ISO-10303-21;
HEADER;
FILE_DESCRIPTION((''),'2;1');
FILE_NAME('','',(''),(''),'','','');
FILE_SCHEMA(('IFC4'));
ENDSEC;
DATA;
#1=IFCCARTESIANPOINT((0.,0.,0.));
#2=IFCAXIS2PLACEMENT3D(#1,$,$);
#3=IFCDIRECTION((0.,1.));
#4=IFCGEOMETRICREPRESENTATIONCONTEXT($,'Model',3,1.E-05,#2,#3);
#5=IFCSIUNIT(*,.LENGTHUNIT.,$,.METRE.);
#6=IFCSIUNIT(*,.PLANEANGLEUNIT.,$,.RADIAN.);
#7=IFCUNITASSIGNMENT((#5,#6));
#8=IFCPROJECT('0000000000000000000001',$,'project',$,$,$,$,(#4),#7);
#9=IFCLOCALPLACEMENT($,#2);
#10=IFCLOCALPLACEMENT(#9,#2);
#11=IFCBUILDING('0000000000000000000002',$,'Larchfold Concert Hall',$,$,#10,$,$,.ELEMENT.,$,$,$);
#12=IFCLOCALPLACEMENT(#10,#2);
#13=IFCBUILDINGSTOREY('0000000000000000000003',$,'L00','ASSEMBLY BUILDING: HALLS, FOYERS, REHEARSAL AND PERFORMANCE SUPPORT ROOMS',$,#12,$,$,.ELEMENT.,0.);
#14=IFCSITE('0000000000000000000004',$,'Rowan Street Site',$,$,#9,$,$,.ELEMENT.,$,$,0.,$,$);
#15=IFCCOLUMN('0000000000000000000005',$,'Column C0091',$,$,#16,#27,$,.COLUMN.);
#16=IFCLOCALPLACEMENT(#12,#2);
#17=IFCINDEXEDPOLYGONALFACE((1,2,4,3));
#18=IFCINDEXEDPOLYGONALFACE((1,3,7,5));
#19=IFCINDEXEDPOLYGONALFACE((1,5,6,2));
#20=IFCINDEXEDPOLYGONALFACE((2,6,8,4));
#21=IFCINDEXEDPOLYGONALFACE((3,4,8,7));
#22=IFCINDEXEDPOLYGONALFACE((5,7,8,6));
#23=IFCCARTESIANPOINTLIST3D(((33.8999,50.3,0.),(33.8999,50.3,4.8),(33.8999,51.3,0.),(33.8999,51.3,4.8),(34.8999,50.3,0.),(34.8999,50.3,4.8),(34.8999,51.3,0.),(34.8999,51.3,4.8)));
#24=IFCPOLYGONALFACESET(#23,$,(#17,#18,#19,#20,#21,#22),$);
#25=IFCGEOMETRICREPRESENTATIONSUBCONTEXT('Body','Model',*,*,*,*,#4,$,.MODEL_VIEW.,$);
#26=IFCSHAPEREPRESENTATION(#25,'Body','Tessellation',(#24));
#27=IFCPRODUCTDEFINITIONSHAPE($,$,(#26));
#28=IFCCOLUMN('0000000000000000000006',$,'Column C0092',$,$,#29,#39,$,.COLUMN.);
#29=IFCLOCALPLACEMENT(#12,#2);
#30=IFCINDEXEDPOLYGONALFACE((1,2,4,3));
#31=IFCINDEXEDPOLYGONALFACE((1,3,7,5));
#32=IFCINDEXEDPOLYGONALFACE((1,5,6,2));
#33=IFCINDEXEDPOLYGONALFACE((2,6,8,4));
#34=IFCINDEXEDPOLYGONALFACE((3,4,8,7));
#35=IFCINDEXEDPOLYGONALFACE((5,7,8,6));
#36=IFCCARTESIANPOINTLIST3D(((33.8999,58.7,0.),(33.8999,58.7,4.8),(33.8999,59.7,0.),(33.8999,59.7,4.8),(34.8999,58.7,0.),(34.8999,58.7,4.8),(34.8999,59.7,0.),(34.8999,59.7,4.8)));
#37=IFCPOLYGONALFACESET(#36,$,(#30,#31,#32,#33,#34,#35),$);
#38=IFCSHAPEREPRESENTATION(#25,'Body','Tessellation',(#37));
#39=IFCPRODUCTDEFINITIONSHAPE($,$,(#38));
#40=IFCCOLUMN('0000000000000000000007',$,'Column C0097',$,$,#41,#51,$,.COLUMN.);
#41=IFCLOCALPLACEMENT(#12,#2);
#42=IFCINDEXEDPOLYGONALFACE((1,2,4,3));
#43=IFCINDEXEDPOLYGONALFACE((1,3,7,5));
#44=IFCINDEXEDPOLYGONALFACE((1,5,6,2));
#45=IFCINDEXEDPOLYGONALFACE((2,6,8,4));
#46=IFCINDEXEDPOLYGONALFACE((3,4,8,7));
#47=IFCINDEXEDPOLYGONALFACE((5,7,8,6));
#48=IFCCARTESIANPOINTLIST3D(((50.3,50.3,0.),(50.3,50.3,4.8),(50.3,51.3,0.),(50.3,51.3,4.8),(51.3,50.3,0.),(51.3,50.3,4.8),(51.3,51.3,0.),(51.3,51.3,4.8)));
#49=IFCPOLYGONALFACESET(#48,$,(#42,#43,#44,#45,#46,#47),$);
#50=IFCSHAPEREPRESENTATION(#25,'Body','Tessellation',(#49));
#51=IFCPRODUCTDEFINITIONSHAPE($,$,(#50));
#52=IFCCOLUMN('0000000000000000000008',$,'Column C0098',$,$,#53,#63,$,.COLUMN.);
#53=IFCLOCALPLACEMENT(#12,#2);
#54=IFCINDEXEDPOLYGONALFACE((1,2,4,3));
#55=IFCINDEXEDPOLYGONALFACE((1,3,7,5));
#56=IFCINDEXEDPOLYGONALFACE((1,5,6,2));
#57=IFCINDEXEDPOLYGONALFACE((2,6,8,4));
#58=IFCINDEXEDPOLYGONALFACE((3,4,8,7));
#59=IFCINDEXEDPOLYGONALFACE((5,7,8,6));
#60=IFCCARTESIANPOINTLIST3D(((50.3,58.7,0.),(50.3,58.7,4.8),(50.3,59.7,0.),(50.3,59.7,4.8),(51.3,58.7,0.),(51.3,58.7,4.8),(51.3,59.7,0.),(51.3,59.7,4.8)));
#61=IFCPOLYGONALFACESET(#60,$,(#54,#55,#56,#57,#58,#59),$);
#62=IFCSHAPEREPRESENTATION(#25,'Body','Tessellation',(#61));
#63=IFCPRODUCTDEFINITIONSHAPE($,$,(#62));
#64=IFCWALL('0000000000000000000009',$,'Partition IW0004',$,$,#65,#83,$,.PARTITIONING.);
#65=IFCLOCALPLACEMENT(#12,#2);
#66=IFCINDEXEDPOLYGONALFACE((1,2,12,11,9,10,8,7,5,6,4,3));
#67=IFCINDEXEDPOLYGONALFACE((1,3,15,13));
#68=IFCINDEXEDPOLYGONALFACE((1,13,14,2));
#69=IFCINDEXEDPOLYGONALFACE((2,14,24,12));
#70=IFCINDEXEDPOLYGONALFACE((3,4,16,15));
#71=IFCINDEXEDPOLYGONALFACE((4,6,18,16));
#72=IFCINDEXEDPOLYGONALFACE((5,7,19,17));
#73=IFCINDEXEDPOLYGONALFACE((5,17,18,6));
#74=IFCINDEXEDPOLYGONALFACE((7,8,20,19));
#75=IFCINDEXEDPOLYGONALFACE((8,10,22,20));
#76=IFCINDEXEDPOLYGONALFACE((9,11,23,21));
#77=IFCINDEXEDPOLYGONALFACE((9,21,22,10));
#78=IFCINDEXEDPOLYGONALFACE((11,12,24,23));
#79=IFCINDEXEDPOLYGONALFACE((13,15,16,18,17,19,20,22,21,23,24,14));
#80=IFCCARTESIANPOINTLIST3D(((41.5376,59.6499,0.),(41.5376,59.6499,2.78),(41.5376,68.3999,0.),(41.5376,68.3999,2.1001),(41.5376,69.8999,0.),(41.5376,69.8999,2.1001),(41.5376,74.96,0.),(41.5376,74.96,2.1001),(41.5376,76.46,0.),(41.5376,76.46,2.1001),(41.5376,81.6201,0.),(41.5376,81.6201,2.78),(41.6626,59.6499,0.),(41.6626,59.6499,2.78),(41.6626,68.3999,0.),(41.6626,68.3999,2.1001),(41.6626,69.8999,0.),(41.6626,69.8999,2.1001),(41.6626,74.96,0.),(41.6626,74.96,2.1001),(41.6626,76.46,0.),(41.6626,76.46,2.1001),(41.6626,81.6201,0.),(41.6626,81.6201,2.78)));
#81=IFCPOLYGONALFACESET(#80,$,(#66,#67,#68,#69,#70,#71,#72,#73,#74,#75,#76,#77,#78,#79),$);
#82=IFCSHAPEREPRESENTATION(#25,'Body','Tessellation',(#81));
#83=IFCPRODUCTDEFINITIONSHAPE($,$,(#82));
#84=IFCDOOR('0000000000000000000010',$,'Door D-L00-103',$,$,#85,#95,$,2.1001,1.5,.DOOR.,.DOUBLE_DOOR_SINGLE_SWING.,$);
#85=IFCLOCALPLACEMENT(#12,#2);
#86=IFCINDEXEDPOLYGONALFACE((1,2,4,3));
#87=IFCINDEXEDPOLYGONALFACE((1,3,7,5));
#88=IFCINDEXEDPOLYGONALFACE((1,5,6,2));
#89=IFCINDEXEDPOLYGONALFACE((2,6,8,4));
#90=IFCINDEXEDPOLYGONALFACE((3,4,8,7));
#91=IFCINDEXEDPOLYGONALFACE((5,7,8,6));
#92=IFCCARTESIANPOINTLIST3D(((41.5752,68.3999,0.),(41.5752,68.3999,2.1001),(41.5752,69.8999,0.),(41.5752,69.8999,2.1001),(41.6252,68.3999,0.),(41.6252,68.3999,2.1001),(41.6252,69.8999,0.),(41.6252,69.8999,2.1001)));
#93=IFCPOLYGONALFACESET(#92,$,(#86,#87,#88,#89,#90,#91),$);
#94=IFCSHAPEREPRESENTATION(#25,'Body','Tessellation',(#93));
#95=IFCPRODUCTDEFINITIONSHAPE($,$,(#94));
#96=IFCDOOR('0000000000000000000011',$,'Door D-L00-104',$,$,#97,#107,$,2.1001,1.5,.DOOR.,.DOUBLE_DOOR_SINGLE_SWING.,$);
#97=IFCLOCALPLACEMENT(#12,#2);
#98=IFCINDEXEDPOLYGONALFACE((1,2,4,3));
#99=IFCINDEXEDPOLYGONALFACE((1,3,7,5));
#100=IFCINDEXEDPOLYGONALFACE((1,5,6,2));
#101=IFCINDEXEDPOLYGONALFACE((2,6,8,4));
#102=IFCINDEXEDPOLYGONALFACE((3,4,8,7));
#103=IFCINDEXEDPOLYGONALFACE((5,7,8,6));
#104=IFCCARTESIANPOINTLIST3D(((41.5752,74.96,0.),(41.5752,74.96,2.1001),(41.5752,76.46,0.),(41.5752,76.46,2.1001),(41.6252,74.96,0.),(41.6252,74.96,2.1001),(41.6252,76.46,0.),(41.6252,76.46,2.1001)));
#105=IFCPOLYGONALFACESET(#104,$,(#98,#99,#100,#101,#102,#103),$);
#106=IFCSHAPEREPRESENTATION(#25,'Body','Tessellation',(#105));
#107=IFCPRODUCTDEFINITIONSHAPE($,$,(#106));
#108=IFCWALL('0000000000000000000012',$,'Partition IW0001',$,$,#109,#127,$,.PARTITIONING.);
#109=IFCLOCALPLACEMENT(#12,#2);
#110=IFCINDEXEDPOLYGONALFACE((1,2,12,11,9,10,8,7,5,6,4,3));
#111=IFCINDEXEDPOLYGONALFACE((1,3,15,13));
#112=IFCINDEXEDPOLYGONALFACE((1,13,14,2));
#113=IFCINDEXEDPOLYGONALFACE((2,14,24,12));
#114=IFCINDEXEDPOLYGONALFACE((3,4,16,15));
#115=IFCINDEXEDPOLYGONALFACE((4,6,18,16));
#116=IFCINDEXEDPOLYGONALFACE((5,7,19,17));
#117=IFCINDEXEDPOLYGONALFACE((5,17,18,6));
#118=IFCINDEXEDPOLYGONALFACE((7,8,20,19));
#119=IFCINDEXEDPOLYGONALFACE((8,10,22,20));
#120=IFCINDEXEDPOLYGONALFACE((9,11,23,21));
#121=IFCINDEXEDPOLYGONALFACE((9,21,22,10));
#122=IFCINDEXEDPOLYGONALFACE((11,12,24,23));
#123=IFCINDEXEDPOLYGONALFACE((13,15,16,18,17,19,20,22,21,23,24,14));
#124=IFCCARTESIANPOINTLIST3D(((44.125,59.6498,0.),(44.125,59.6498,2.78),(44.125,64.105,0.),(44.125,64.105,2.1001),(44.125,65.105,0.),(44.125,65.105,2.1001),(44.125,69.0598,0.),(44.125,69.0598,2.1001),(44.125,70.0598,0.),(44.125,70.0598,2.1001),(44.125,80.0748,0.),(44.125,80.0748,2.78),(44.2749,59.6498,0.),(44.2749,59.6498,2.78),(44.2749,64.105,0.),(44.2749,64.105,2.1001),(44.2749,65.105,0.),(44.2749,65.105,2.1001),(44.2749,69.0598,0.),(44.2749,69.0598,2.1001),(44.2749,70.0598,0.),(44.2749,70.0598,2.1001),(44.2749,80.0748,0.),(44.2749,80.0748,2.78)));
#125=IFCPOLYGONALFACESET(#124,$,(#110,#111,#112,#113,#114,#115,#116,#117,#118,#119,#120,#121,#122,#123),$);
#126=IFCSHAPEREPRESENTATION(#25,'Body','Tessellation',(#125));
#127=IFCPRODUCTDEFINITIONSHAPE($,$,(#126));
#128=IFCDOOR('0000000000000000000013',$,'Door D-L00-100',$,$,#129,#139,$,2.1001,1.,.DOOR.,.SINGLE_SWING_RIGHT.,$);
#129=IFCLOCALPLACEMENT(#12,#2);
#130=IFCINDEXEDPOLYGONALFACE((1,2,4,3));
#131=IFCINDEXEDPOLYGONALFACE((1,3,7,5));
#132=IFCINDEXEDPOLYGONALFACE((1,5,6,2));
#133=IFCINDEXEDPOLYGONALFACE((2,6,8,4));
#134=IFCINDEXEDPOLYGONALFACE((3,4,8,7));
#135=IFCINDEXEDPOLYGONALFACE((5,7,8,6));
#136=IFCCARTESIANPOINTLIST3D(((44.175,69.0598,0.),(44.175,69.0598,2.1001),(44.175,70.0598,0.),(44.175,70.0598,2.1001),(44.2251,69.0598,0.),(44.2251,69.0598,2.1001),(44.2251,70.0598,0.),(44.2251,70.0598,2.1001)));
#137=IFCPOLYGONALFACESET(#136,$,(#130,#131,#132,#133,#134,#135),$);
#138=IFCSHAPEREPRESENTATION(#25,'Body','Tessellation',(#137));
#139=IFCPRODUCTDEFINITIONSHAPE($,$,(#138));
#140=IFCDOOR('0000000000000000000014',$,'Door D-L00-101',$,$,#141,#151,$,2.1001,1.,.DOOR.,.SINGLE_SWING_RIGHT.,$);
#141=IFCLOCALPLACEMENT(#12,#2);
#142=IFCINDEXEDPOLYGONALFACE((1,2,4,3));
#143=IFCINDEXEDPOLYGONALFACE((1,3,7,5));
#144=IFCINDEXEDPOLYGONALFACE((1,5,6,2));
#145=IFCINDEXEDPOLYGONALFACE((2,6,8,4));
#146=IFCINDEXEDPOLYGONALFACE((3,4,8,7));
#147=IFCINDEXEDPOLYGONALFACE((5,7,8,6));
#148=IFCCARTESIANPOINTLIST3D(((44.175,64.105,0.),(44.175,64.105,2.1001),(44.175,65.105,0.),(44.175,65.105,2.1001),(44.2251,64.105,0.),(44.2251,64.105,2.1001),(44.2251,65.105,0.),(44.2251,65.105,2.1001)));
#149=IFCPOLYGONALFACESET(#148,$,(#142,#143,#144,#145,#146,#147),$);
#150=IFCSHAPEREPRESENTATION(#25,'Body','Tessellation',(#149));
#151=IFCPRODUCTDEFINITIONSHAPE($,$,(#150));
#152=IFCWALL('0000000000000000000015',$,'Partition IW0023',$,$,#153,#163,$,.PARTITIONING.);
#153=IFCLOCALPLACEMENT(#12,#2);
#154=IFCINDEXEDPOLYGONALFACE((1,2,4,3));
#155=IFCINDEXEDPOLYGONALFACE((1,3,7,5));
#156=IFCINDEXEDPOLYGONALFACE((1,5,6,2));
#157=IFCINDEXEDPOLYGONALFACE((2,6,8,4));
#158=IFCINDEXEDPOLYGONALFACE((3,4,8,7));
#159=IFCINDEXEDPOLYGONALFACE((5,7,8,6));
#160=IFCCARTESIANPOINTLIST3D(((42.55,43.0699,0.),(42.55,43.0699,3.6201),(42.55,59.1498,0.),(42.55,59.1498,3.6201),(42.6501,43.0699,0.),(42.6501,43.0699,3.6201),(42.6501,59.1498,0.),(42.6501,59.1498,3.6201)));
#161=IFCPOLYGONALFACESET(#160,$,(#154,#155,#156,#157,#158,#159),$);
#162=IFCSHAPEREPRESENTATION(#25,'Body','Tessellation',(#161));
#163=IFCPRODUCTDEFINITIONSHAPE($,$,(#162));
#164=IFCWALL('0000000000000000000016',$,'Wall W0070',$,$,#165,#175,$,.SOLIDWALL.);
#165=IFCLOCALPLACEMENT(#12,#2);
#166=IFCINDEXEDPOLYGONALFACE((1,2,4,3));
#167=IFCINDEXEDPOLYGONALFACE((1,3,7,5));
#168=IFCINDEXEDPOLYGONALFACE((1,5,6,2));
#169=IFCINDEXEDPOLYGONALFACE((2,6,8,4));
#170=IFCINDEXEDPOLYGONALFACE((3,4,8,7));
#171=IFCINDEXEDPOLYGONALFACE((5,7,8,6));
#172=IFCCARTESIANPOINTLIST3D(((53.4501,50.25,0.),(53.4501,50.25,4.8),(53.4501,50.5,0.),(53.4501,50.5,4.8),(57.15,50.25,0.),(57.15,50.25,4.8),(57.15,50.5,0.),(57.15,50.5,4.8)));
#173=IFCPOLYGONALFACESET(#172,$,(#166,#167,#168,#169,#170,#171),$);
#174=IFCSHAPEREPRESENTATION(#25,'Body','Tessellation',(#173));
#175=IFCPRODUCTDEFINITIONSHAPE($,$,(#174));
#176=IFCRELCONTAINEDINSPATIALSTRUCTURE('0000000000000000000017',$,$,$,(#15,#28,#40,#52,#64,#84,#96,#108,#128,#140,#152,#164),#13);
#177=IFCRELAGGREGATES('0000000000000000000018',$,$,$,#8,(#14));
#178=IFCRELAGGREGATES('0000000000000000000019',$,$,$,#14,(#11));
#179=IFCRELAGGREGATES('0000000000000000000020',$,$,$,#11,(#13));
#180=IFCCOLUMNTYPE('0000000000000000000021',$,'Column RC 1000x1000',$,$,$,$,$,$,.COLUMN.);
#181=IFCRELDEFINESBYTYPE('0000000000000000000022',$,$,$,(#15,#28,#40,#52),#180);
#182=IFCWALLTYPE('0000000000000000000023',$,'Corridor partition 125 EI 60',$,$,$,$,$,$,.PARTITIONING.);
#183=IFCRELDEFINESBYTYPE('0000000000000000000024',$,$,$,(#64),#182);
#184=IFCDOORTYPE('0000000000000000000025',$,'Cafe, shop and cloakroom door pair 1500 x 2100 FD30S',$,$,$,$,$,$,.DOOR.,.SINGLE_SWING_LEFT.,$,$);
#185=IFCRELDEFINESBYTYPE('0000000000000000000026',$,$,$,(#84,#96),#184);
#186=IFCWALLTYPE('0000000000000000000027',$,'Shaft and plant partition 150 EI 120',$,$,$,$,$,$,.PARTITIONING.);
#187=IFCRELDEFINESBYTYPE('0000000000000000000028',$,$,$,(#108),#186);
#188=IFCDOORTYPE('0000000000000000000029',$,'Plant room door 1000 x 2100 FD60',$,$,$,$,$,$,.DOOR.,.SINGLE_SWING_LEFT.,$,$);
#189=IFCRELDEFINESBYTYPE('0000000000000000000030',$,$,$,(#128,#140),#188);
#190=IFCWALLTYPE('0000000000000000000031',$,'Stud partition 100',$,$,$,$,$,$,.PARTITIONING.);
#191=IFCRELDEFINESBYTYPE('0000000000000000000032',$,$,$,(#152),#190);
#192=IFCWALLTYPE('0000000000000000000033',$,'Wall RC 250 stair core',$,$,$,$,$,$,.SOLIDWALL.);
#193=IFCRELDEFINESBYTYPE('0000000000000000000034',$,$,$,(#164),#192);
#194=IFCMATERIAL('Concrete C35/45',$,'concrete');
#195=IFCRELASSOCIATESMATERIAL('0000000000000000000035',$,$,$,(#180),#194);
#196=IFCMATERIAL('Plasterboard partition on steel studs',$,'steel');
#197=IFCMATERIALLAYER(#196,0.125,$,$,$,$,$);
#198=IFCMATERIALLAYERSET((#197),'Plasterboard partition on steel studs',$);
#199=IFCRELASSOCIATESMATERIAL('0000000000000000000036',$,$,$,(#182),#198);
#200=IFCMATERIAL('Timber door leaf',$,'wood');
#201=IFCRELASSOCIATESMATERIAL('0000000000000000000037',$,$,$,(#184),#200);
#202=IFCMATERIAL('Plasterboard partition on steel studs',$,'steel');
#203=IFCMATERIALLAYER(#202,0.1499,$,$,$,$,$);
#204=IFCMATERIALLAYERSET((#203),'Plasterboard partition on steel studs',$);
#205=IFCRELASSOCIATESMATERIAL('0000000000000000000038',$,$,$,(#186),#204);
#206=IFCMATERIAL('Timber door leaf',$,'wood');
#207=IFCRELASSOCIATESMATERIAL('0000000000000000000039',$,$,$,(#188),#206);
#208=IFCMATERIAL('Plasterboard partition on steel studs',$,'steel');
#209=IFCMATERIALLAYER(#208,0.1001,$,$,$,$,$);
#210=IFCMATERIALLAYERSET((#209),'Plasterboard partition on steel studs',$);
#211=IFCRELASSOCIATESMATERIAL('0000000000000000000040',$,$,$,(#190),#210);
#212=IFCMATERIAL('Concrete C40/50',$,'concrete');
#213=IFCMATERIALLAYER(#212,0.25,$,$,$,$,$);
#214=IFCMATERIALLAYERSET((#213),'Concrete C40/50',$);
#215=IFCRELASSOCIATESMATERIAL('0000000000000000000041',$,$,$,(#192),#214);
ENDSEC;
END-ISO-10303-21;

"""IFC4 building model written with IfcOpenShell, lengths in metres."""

from ifc_helpers import new_model, si_unit, direction, frame, frame_2d, origin, origin_2d, place, context, subcontext, project, spatial, rectangle, extrude, material, layer, layer_set, material_profile, profile_set, type_object, element, fill, save


model = new_model("IFC4")

# Units and contexts
model_context = context("Model", 3, precision=1e-05, world=origin(), true_north=direction((0.0, 1.0)))
body_context = subcontext(model_context, "Body", "Model", "MODEL_VIEW")
ifc_project = project(units=[si_unit("LENGTHUNIT", "METRE"), si_unit("PLANEANGLEUNIT", "RADIAN")], contexts=[model_context])

# Site, building, storey
site_placement = place(None, origin())
site = spatial("IfcSite", under=ifc_project, at=site_placement, Name="Rowan Street Site", CompositionType="ELEMENT", RefElevation=0.0)
building_placement = place(site_placement, origin())
building = spatial("IfcBuilding", under=site, at=building_placement, Name="Larchfold Concert Hall", CompositionType="ELEMENT")
storey_placement = place(building_placement, origin())
storey = spatial("IfcBuildingStorey", under=building, at=storey_placement, Name="L00", Description="ASSEMBLY BUILDING: HALLS, FOYERS, REHEARSAL AND PERFORMANCE SUPPORT ROOMS", CompositionType="ELEMENT", Elevation=0.0)

# Columns
ifc_material_1 = material(Name="Concrete C35/45", Category="concrete")
ifc_material_profile = material_profile(ifc_material_1, rectangle(XDim=1.0, YDim=1.0, at=origin_2d()))
ifc_profile_set = profile_set([ifc_material_profile], Name="Concrete C35/45")
column_type = type_object("IfcColumnType", Name="Column RC 1000x1000", PredefinedType="COLUMN", material=ifc_profile_set)
for number, where, z_axis, x_axis, name in (
    (1, (34.3999, 50.8, 0.0), (0.0, 0.0, 1.0), (1.0, 0.0, 0.0), "Column C0091"),
    (2, (34.3999, 59.2, 0.0), (0.0, 0.0, 1.0), (1.0, 0.0, 0.0), "Column C0092"),
    (3, (50.8, 50.8, 0.0), (0.0, 0.0, 1.0), (1.0, 0.0, 0.0), "Column C0097"),
    (4, (50.8, 59.2, 0.0), (0.0, 0.0, 1.0), (1.0, 0.0, 0.0), "Column C0098"),
):
    element("IfcColumn", number, at=place(storey_placement, frame(where, z_axis=z_axis, x_axis=x_axis)), inside=storey, type_object=column_type, Name=name, PredefinedType="COLUMN", context=body_context, shape_type="SweptSolid", body=[
        extrude(rectangle(XDim=1.0, YDim=1.0, at=origin_2d()), origin(), (0.0, 0.0, 1.0), 4.8),
    ])

# Walls, openings, doors
ifc_material_2 = material(Name="Plasterboard partition on steel studs", Category="steel")
ifc_layer_1 = layer(ifc_material_2, 0.125)
ifc_layer_set_1 = layer_set([ifc_layer_1], Name="Plasterboard partition on steel studs")
wall_type_1 = type_object("IfcWallType", Name="Corridor partition 125 EI 60", PredefinedType="PARTITIONING", material=ifc_layer_set_1)
wall_1_placement = place(storey_placement, frame((41.6001, 59.6499, 0.0), z_axis=(0.0, 0.0, 1.0), x_axis=(0.0, 1.0, 0.0)))
wall_1 = element("IfcWall", 5, at=wall_1_placement, inside=storey, type_object=wall_type_1, Name="Partition IW0004", PredefinedType="PARTITIONING", context=body_context, shape_type="SweptSolid", body=[
    extrude(rectangle(XDim=21.9702, YDim=0.125, at=frame_2d((10.9851, 0.0))), origin(), (0.0, 0.0, 1.0), 2.78),
])
opening_1_placement = place(wall_1_placement, frame((8.75, 0.0, 0.0)))
opening_1 = element("IfcOpeningElement", 6, at=opening_1_placement, cuts=wall_1, PredefinedType="OPENING", context=body_context, shape_type="SweptSolid", body=[
    extrude(rectangle(XDim=1.5, YDim=2.1001, at=frame_2d((0.75, 1.05))), frame((0.0, 0.0725, 0.0), z_axis=(0.0, -1.0, 0.0), x_axis=(1.0, 0.0, 0.0)), (0.0, 0.0, 1.0), 0.145),
])
opening_2_placement = place(wall_1_placement, frame((15.3101, 0.0, 0.0)))
opening_2 = element("IfcOpeningElement", 7, at=opening_2_placement, cuts=wall_1, PredefinedType="OPENING", context=body_context, shape_type="SweptSolid", body=[
    extrude(rectangle(XDim=1.5, YDim=2.1001, at=frame_2d((0.75, 1.05))), frame((0.0, 0.0725, 0.0), z_axis=(0.0, -1.0, 0.0), x_axis=(1.0, 0.0, 0.0)), (0.0, 0.0, 1.0), 0.145),
])
ifc_material_3 = material(Name="Timber door leaf", Category="wood")
door_type_1 = type_object("IfcDoorType", Name="Cafe, shop and cloakroom door pair 1500 x 2100 FD30S", OperationType="SINGLE_SWING_LEFT", PredefinedType="DOOR", material=ifc_material_3)
door_1_placement = place(opening_1_placement, origin())
door_1 = element("IfcDoor", 8, at=door_1_placement, inside=storey, type_object=door_type_1, Name="Door D-L00-103", OperationType="DOUBLE_DOOR_SINGLE_SWING", OverallHeight=2.1001, OverallWidth=1.5, PredefinedType="DOOR", context=body_context, shape_type="SweptSolid", body=[
    extrude(rectangle(XDim=1.5, YDim=2.1001, at=frame_2d((0.75, 1.05))), frame((0.0, 0.0249, 0.0), z_axis=(0.0, -1.0, 0.0), x_axis=(1.0, 0.0, 0.0)), (0.0, 0.0, 1.0), 0.05),
])
fill(opening_1, door_1)
door_2_placement = place(opening_2_placement, origin())
door_2 = element("IfcDoor", 9, at=door_2_placement, inside=storey, type_object=door_type_1, Name="Door D-L00-104", OperationType="DOUBLE_DOOR_SINGLE_SWING", OverallHeight=2.1001, OverallWidth=1.5, PredefinedType="DOOR", context=body_context, shape_type="SweptSolid", body=[
    extrude(rectangle(XDim=1.5, YDim=2.1001, at=frame_2d((0.75, 1.05))), frame((0.0, 0.0249, 0.0), z_axis=(0.0, -1.0, 0.0), x_axis=(1.0, 0.0, 0.0)), (0.0, 0.0, 1.0), 0.05),
])
fill(opening_2, door_2)
ifc_material_4 = material(Name="Plasterboard partition on steel studs", Category="steel")
ifc_layer_2 = layer(ifc_material_4, 0.1499)
ifc_layer_set_2 = layer_set([ifc_layer_2], Name="Plasterboard partition on steel studs")
wall_type_2 = type_object("IfcWallType", Name="Shaft and plant partition 150 EI 120", PredefinedType="PARTITIONING", material=ifc_layer_set_2)
wall_2_placement = place(storey_placement, frame((44.2, 59.6499, 0.0), z_axis=(0.0, 0.0, 1.0), x_axis=(0.0, 1.0, 0.0)))
wall_2 = element("IfcWall", 10, at=wall_2_placement, inside=storey, type_object=wall_type_2, Name="Partition IW0001", PredefinedType="PARTITIONING", context=body_context, shape_type="SweptSolid", body=[
    extrude(rectangle(XDim=20.425, YDim=0.1499, at=frame_2d((10.2124, 0.0))), origin(), (0.0, 0.0, 1.0), 2.78),
])
opening_3_placement = place(wall_2_placement, frame((9.4099, 0.0, 0.0)))
opening_3 = element("IfcOpeningElement", 11, at=opening_3_placement, cuts=wall_2, PredefinedType="OPENING", context=body_context, shape_type="SweptSolid", body=[
    extrude(rectangle(XDim=1.0, YDim=2.1001, at=frame_2d((0.5, 1.05))), frame((0.0, 0.085, 0.0), z_axis=(0.0, -1.0, 0.0), x_axis=(1.0, 0.0, 0.0)), (0.0, 0.0, 1.0), 0.1699),
])
opening_4_placement = place(wall_2_placement, frame((4.4551, 0.0, 0.0)))
opening_4 = element("IfcOpeningElement", 12, at=opening_4_placement, cuts=wall_2, PredefinedType="OPENING", context=body_context, shape_type="SweptSolid", body=[
    extrude(rectangle(XDim=1.0, YDim=2.1001, at=frame_2d((0.5, 1.05))), frame((0.0, 0.085, 0.0), z_axis=(0.0, -1.0, 0.0), x_axis=(1.0, 0.0, 0.0)), (0.0, 0.0, 1.0), 0.1699),
])
ifc_material_5 = material(Name="Timber door leaf", Category="wood")
door_type_2 = type_object("IfcDoorType", Name="Plant room door 1000 x 2100 FD60", OperationType="SINGLE_SWING_LEFT", PredefinedType="DOOR", material=ifc_material_5)
door_3_placement = place(opening_3_placement, origin())
door_3 = element("IfcDoor", 13, at=door_3_placement, inside=storey, type_object=door_type_2, Name="Door D-L00-100", OperationType="SINGLE_SWING_RIGHT", OverallHeight=2.1001, OverallWidth=1.0, PredefinedType="DOOR", context=body_context, shape_type="SweptSolid", body=[
    extrude(rectangle(XDim=1.0, YDim=2.1001, at=frame_2d((0.5, 1.05))), frame((0.0, 0.0249, 0.0), z_axis=(0.0, -1.0, 0.0), x_axis=(1.0, 0.0, 0.0)), (0.0, 0.0, 1.0), 0.05),
])
fill(opening_3, door_3)
door_4_placement = place(opening_4_placement, origin())
door_4 = element("IfcDoor", 14, at=door_4_placement, inside=storey, type_object=door_type_2, Name="Door D-L00-101", OperationType="SINGLE_SWING_RIGHT", OverallHeight=2.1001, OverallWidth=1.0, PredefinedType="DOOR", context=body_context, shape_type="SweptSolid", body=[
    extrude(rectangle(XDim=1.0, YDim=2.1001, at=frame_2d((0.5, 1.05))), frame((0.0, 0.0249, 0.0), z_axis=(0.0, -1.0, 0.0), x_axis=(1.0, 0.0, 0.0)), (0.0, 0.0, 1.0), 0.05),
])
fill(opening_4, door_4)

# Walls
ifc_material_6 = material(Name="Plasterboard partition on steel studs", Category="steel")
ifc_layer_3 = layer(ifc_material_6, 0.1001)
ifc_layer_set_3 = layer_set([ifc_layer_3], Name="Plasterboard partition on steel studs")
wall_type_3 = type_object("IfcWallType", Name="Stud partition 100", PredefinedType="PARTITIONING", material=ifc_layer_set_3)
wall_3_placement = place(storey_placement, frame((42.6001, 59.1499, 0.0), z_axis=(0.0, 0.0, 1.0), x_axis=(0.0, -1.0, 0.0)))
element("IfcWall", 15, at=wall_3_placement, inside=storey, type_object=wall_type_3, Name="Partition IW0023", PredefinedType="PARTITIONING", context=body_context, shape_type="SweptSolid", body=[
    extrude(rectangle(XDim=16.0798, YDim=0.1001, at=frame_2d((8.04, 0.0))), origin(), (0.0, 0.0, 1.0), 3.6201),
])
ifc_material_7 = material(Name="Concrete C40/50", Category="concrete")
ifc_layer_4 = layer(ifc_material_7, 0.25)
ifc_layer_set_4 = layer_set([ifc_layer_4], Name="Concrete C40/50")
wall_type_4 = type_object("IfcWallType", Name="Wall RC 250 stair core", PredefinedType="SOLIDWALL", material=ifc_layer_set_4)
wall_4_placement = place(storey_placement, frame((53.45, 50.375, 0.0), z_axis=(0.0, 0.0, 1.0), x_axis=(1.0, 0.0, 0.0)))
element("IfcWall", 16, at=wall_4_placement, inside=storey, type_object=wall_type_4, Name="Wall W0070", PredefinedType="SOLIDWALL", context=body_context, shape_type="SweptSolid", body=[
    extrude(rectangle(XDim=3.7, YDim=0.25, at=frame_2d((1.8501, 0.0))), origin(), (0.0, 0.0, 1.0), 4.8),
])

save(model, "model.ifc")
